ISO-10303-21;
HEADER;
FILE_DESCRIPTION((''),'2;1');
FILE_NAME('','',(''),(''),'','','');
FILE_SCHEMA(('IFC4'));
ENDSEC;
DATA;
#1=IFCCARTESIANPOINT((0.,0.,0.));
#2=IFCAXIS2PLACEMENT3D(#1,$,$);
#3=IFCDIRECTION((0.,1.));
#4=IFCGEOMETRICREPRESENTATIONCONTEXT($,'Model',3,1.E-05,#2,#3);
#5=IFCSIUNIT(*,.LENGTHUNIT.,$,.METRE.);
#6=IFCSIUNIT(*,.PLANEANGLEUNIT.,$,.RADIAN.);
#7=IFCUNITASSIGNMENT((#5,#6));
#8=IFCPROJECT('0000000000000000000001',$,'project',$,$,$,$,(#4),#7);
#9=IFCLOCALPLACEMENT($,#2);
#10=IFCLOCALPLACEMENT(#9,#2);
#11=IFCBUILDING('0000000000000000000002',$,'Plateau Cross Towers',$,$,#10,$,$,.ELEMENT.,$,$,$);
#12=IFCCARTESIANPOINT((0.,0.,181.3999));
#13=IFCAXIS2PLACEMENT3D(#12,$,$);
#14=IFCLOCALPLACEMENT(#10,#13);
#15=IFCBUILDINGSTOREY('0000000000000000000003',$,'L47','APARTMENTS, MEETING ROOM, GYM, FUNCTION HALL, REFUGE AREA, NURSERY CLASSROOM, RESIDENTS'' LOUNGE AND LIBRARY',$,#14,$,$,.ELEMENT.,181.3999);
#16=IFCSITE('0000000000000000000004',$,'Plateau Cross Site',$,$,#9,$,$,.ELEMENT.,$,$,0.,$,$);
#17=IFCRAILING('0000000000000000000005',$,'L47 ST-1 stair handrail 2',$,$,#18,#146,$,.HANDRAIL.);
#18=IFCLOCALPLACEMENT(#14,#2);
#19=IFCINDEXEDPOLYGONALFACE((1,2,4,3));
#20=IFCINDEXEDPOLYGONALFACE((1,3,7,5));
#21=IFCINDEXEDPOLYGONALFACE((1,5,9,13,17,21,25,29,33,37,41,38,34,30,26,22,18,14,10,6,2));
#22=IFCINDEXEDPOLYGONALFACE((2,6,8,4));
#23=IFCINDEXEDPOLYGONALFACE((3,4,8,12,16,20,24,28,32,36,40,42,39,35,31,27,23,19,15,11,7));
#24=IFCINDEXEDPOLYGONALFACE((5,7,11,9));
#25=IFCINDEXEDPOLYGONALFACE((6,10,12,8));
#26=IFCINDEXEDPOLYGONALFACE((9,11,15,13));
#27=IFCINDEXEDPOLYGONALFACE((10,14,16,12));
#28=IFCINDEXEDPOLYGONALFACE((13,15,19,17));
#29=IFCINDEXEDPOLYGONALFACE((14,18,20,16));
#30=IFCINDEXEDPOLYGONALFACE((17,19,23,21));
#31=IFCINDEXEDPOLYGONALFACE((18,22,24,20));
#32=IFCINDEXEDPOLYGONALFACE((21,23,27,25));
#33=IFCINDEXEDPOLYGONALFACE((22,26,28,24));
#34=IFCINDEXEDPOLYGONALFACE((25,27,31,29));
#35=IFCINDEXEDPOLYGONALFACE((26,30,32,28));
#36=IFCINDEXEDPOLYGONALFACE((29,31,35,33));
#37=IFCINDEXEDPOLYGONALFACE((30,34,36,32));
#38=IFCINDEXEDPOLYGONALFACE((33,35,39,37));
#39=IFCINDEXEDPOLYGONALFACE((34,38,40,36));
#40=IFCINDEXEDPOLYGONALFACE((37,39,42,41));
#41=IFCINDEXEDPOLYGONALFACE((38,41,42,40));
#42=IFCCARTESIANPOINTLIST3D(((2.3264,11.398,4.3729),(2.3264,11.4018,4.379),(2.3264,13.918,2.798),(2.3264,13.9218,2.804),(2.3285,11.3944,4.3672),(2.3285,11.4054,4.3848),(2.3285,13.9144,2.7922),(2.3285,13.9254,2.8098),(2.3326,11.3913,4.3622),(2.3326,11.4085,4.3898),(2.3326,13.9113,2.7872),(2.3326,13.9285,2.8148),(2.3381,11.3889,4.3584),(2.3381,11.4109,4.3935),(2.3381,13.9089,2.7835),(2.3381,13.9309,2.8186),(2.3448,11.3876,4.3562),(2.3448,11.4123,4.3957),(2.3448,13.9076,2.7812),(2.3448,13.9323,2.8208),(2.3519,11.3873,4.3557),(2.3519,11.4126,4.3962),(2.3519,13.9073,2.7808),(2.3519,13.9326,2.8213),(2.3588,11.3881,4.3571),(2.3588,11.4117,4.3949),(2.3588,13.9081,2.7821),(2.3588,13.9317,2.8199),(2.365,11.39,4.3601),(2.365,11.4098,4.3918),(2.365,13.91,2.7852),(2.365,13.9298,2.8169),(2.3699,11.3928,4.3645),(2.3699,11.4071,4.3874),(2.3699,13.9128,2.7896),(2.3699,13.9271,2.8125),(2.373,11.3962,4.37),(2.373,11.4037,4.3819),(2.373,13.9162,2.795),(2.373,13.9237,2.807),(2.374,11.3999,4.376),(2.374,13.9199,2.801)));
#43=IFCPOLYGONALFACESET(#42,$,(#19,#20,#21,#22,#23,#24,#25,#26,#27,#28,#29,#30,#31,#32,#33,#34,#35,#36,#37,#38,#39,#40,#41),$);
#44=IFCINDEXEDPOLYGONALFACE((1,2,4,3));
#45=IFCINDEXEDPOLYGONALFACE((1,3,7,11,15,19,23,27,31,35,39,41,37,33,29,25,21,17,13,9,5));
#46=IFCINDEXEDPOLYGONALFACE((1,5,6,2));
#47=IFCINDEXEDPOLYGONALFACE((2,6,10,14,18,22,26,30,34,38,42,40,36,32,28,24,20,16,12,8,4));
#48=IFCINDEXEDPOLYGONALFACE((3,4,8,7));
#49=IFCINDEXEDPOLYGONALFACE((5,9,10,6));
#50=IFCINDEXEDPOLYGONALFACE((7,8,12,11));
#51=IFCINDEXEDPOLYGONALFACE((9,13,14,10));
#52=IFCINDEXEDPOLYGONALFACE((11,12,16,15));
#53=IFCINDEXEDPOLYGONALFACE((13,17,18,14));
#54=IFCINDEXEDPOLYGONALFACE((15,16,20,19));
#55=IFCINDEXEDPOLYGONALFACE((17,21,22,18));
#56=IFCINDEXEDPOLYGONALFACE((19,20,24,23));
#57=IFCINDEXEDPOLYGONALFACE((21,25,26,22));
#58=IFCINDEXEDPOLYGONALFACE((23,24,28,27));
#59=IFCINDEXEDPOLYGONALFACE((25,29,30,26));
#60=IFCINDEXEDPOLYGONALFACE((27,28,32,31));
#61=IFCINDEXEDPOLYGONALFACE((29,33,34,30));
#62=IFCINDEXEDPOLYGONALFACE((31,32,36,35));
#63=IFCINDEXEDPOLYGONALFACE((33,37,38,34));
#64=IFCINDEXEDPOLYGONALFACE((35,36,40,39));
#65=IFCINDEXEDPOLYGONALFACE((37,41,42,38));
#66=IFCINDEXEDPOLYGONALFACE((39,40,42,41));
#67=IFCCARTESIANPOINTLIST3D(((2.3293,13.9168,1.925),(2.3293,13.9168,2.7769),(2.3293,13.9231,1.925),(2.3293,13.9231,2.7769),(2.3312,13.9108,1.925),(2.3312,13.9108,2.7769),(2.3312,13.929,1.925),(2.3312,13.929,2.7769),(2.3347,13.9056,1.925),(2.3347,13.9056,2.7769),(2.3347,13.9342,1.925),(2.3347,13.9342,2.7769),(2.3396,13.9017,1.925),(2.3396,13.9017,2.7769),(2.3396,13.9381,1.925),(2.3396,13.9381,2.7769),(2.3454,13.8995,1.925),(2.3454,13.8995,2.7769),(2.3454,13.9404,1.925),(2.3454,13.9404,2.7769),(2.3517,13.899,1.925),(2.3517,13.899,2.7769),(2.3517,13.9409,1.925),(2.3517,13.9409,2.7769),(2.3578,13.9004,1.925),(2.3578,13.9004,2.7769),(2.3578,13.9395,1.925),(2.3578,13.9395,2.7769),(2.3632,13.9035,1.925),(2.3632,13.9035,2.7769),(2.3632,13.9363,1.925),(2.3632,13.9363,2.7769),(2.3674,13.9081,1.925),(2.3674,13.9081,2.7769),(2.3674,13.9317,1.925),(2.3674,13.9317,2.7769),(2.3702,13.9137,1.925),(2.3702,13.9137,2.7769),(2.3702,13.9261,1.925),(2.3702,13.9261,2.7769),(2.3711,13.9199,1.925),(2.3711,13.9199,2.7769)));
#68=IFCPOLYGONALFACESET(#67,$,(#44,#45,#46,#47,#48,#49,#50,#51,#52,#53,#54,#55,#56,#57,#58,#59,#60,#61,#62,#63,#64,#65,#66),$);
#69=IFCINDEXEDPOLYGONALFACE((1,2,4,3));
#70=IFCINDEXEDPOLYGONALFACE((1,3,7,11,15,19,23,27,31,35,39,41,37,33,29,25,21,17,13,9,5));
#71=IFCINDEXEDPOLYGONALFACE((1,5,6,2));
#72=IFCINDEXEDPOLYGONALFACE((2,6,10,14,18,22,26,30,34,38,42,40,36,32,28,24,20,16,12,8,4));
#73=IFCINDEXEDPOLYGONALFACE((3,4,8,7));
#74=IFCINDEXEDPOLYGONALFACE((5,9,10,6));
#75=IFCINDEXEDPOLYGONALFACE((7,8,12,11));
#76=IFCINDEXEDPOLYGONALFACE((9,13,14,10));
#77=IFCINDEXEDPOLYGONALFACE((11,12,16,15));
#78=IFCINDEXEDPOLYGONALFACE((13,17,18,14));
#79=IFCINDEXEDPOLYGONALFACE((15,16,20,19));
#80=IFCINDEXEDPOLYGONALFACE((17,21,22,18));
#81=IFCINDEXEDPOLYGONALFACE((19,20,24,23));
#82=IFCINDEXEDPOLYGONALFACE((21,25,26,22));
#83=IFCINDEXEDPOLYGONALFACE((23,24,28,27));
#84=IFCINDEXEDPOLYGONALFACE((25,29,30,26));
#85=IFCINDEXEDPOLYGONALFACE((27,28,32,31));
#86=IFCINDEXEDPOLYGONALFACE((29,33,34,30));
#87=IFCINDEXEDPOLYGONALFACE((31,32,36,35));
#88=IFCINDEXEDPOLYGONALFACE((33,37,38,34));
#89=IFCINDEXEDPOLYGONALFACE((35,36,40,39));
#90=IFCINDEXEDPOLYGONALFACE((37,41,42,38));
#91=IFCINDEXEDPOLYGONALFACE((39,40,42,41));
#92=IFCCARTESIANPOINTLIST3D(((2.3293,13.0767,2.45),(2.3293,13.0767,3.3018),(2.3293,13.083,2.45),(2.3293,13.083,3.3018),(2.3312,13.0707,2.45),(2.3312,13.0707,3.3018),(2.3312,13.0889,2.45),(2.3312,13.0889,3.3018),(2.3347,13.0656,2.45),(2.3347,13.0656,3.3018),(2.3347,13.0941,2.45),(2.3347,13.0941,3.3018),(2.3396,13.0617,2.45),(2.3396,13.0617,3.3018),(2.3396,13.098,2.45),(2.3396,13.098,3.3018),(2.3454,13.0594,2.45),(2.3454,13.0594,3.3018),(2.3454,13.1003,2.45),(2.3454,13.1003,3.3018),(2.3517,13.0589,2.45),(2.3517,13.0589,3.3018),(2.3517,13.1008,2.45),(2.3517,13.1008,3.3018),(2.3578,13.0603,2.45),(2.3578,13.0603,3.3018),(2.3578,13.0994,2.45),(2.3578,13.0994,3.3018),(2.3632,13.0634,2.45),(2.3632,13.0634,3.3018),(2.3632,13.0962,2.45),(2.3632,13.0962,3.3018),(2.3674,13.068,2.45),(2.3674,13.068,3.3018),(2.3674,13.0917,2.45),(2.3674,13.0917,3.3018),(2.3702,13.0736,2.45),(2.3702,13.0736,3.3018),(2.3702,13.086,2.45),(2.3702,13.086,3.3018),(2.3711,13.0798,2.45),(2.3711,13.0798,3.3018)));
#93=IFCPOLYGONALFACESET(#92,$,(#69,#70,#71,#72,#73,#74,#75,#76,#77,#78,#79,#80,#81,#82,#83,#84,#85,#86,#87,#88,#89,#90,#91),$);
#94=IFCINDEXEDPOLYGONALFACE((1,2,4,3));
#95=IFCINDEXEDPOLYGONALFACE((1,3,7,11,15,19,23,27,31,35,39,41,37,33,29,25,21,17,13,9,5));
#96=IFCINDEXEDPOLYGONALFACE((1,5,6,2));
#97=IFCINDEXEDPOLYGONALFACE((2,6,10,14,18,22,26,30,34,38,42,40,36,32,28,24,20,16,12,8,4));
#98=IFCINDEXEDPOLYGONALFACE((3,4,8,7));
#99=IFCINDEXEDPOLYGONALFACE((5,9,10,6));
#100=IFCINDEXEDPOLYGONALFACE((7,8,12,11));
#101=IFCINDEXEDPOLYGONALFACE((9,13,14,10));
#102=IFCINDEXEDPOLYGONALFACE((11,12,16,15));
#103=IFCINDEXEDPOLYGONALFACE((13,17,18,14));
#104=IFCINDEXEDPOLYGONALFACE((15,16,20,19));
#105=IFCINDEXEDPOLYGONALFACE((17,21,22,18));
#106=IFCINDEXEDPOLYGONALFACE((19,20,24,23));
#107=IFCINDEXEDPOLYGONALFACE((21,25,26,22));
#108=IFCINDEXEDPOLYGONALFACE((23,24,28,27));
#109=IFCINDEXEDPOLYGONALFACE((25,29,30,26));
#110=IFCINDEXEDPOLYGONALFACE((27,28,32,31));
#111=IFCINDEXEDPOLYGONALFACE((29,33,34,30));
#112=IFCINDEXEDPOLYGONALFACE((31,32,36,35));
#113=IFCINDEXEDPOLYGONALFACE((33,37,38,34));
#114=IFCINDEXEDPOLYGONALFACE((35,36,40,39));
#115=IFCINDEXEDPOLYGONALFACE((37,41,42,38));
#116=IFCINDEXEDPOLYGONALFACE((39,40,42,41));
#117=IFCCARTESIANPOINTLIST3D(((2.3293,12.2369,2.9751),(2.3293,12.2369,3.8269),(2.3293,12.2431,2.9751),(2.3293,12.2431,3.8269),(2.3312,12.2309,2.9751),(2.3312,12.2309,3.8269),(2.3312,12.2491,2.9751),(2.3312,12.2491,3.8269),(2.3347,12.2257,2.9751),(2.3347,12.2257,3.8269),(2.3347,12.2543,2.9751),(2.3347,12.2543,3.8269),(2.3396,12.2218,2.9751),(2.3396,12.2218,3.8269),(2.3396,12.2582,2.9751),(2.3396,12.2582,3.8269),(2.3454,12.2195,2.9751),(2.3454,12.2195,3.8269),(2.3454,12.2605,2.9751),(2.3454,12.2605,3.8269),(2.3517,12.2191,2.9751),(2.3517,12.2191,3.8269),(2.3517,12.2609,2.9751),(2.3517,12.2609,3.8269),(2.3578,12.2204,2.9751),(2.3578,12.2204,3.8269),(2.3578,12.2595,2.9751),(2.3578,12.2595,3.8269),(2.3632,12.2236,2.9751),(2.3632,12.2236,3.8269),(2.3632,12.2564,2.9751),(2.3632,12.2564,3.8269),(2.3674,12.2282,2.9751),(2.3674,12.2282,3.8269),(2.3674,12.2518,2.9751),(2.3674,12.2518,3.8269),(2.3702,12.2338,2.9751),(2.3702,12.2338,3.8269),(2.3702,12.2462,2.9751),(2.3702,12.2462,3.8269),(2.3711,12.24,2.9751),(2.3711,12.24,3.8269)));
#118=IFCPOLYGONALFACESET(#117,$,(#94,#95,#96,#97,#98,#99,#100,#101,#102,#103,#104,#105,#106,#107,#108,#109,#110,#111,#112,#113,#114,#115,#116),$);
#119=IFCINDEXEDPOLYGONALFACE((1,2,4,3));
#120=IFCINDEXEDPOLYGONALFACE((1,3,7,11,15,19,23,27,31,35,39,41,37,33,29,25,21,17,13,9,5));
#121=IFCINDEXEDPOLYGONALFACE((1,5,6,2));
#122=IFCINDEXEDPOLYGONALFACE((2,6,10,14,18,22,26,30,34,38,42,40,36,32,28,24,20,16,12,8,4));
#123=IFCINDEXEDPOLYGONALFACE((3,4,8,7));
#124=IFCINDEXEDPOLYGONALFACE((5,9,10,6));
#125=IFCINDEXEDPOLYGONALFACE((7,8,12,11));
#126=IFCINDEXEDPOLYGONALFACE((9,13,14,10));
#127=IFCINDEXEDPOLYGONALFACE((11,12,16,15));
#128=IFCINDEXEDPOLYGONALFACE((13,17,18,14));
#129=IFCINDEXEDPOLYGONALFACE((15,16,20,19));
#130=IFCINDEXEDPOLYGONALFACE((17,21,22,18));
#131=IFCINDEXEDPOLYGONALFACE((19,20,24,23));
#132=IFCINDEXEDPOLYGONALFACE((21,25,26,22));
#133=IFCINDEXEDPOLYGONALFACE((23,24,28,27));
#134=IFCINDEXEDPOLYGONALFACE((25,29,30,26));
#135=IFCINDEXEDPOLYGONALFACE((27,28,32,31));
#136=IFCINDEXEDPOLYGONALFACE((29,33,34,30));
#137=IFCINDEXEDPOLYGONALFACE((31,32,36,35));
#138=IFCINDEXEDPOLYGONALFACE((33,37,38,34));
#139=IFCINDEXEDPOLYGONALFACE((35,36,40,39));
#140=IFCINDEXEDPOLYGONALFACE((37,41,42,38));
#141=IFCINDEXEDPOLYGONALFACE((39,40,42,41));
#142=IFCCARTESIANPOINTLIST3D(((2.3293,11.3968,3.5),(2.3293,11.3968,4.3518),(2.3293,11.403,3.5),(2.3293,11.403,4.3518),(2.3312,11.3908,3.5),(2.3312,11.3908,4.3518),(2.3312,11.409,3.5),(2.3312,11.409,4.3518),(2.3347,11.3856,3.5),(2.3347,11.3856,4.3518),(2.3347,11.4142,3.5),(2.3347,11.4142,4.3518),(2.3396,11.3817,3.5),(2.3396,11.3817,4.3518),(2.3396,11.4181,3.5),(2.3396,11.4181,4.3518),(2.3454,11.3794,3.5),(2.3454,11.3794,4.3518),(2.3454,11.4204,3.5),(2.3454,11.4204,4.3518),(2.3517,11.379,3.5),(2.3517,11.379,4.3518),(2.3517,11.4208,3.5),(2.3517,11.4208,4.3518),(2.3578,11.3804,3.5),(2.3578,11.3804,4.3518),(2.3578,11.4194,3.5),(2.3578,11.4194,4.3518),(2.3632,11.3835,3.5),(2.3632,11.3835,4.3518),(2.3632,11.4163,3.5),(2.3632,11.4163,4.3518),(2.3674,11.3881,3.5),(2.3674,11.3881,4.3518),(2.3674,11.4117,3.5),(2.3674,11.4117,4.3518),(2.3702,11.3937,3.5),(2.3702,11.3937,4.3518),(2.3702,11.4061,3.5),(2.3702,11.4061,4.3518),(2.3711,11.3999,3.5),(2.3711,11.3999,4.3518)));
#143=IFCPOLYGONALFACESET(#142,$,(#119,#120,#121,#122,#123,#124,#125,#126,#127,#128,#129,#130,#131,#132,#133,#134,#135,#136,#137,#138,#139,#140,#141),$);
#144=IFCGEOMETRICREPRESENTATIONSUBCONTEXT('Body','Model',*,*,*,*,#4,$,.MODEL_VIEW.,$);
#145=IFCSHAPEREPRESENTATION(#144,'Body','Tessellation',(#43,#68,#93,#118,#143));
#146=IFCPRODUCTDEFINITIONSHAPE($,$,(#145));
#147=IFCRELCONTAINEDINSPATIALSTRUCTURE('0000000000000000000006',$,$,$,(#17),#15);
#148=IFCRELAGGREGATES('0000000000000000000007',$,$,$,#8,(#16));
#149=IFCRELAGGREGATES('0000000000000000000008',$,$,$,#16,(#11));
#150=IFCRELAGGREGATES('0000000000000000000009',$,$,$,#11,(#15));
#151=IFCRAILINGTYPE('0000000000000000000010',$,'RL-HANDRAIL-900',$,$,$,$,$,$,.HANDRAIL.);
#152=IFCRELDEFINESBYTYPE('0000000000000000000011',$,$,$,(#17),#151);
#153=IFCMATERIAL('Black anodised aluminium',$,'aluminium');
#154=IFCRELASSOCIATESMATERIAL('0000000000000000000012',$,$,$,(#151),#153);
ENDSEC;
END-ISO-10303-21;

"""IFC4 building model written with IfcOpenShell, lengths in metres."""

from ifc_helpers import new_model, si_unit, direction, frame, origin, origin_2d, place, context, subcontext, project, spatial, circle, extrude, material, type_object, element, save


model = new_model("IFC4")

# Units and contexts
model_context = context("Model", 3, precision=1e-05, world=origin(), true_north=direction((0.0, 1.0)))
body_context = subcontext(model_context, "Body", "Model", "MODEL_VIEW")
ifc_project = project(units=[si_unit("LENGTHUNIT", "METRE"), si_unit("PLANEANGLEUNIT", "RADIAN")], contexts=[model_context])

# Site, building, storey
site_placement = place(None, origin())
site = spatial("IfcSite", under=ifc_project, at=site_placement, Name="Plateau Cross Site", CompositionType="ELEMENT", RefElevation=0.0)
building_placement = place(site_placement, origin())
building = spatial("IfcBuilding", under=site, at=building_placement, Name="Plateau Cross Towers", CompositionType="ELEMENT")
storey_placement = place(building_placement, frame((0.0, 0.0, 181.3999)))
storey = spatial("IfcBuildingStorey", under=building, at=storey_placement, Name="L47", Description="APARTMENTS, MEETING ROOM, GYM, FUNCTION HALL, REFUGE AREA, NURSERY CLASSROOM, RESIDENTS' LOUNGE AND LIBRARY", CompositionType="ELEMENT", Elevation=181.3999)

# Shared definitions
ifc_material_1 = material(Name="Black anodised aluminium", Category="aluminium")

# Railing
railing_type_1 = type_object("IfcRailingType", Name="RL-HANDRAIL-900", PredefinedType="HANDRAIL", material=ifc_material_1)
railing_1_placement = place(storey_placement, frame((2.3501, 13.9199, 1.925)))
element("IfcRailing", 1, at=railing_1_placement, inside=storey, type_object=railing_type_1, Name="L47 ST-1 stair handrail 2", PredefinedType="HANDRAIL", context=body_context, shape_type="SweptSolid", body=[
    extrude(circle(Radius=0.0239, at=origin_2d()), frame((0.0, 0.0, 0.876), z_axis=(0.0, -0.848008, 0.529984), x_axis=(1.0, 0.0, 0.0)), (0.0, 0.0, 1.0), 2.9717),
    extrude(circle(Radius=0.021, at=origin_2d()), origin(), (0.0, 0.0, 1.0), 0.8518),
    extrude(circle(Radius=0.021, at=origin_2d()), frame((0.0, -0.8401, 0.5249)), (0.0, 0.0, 1.0), 0.8518),
    extrude(circle(Radius=0.021, at=origin_2d()), frame((0.0, -1.6799, 1.05)), (0.0, 0.0, 1.0), 0.8518),
    extrude(circle(Radius=0.021, at=origin_2d()), frame((0.0, -2.52, 1.575)), (0.0, 0.0, 1.0), 0.8518),
])

save(model, "model.ifc")
